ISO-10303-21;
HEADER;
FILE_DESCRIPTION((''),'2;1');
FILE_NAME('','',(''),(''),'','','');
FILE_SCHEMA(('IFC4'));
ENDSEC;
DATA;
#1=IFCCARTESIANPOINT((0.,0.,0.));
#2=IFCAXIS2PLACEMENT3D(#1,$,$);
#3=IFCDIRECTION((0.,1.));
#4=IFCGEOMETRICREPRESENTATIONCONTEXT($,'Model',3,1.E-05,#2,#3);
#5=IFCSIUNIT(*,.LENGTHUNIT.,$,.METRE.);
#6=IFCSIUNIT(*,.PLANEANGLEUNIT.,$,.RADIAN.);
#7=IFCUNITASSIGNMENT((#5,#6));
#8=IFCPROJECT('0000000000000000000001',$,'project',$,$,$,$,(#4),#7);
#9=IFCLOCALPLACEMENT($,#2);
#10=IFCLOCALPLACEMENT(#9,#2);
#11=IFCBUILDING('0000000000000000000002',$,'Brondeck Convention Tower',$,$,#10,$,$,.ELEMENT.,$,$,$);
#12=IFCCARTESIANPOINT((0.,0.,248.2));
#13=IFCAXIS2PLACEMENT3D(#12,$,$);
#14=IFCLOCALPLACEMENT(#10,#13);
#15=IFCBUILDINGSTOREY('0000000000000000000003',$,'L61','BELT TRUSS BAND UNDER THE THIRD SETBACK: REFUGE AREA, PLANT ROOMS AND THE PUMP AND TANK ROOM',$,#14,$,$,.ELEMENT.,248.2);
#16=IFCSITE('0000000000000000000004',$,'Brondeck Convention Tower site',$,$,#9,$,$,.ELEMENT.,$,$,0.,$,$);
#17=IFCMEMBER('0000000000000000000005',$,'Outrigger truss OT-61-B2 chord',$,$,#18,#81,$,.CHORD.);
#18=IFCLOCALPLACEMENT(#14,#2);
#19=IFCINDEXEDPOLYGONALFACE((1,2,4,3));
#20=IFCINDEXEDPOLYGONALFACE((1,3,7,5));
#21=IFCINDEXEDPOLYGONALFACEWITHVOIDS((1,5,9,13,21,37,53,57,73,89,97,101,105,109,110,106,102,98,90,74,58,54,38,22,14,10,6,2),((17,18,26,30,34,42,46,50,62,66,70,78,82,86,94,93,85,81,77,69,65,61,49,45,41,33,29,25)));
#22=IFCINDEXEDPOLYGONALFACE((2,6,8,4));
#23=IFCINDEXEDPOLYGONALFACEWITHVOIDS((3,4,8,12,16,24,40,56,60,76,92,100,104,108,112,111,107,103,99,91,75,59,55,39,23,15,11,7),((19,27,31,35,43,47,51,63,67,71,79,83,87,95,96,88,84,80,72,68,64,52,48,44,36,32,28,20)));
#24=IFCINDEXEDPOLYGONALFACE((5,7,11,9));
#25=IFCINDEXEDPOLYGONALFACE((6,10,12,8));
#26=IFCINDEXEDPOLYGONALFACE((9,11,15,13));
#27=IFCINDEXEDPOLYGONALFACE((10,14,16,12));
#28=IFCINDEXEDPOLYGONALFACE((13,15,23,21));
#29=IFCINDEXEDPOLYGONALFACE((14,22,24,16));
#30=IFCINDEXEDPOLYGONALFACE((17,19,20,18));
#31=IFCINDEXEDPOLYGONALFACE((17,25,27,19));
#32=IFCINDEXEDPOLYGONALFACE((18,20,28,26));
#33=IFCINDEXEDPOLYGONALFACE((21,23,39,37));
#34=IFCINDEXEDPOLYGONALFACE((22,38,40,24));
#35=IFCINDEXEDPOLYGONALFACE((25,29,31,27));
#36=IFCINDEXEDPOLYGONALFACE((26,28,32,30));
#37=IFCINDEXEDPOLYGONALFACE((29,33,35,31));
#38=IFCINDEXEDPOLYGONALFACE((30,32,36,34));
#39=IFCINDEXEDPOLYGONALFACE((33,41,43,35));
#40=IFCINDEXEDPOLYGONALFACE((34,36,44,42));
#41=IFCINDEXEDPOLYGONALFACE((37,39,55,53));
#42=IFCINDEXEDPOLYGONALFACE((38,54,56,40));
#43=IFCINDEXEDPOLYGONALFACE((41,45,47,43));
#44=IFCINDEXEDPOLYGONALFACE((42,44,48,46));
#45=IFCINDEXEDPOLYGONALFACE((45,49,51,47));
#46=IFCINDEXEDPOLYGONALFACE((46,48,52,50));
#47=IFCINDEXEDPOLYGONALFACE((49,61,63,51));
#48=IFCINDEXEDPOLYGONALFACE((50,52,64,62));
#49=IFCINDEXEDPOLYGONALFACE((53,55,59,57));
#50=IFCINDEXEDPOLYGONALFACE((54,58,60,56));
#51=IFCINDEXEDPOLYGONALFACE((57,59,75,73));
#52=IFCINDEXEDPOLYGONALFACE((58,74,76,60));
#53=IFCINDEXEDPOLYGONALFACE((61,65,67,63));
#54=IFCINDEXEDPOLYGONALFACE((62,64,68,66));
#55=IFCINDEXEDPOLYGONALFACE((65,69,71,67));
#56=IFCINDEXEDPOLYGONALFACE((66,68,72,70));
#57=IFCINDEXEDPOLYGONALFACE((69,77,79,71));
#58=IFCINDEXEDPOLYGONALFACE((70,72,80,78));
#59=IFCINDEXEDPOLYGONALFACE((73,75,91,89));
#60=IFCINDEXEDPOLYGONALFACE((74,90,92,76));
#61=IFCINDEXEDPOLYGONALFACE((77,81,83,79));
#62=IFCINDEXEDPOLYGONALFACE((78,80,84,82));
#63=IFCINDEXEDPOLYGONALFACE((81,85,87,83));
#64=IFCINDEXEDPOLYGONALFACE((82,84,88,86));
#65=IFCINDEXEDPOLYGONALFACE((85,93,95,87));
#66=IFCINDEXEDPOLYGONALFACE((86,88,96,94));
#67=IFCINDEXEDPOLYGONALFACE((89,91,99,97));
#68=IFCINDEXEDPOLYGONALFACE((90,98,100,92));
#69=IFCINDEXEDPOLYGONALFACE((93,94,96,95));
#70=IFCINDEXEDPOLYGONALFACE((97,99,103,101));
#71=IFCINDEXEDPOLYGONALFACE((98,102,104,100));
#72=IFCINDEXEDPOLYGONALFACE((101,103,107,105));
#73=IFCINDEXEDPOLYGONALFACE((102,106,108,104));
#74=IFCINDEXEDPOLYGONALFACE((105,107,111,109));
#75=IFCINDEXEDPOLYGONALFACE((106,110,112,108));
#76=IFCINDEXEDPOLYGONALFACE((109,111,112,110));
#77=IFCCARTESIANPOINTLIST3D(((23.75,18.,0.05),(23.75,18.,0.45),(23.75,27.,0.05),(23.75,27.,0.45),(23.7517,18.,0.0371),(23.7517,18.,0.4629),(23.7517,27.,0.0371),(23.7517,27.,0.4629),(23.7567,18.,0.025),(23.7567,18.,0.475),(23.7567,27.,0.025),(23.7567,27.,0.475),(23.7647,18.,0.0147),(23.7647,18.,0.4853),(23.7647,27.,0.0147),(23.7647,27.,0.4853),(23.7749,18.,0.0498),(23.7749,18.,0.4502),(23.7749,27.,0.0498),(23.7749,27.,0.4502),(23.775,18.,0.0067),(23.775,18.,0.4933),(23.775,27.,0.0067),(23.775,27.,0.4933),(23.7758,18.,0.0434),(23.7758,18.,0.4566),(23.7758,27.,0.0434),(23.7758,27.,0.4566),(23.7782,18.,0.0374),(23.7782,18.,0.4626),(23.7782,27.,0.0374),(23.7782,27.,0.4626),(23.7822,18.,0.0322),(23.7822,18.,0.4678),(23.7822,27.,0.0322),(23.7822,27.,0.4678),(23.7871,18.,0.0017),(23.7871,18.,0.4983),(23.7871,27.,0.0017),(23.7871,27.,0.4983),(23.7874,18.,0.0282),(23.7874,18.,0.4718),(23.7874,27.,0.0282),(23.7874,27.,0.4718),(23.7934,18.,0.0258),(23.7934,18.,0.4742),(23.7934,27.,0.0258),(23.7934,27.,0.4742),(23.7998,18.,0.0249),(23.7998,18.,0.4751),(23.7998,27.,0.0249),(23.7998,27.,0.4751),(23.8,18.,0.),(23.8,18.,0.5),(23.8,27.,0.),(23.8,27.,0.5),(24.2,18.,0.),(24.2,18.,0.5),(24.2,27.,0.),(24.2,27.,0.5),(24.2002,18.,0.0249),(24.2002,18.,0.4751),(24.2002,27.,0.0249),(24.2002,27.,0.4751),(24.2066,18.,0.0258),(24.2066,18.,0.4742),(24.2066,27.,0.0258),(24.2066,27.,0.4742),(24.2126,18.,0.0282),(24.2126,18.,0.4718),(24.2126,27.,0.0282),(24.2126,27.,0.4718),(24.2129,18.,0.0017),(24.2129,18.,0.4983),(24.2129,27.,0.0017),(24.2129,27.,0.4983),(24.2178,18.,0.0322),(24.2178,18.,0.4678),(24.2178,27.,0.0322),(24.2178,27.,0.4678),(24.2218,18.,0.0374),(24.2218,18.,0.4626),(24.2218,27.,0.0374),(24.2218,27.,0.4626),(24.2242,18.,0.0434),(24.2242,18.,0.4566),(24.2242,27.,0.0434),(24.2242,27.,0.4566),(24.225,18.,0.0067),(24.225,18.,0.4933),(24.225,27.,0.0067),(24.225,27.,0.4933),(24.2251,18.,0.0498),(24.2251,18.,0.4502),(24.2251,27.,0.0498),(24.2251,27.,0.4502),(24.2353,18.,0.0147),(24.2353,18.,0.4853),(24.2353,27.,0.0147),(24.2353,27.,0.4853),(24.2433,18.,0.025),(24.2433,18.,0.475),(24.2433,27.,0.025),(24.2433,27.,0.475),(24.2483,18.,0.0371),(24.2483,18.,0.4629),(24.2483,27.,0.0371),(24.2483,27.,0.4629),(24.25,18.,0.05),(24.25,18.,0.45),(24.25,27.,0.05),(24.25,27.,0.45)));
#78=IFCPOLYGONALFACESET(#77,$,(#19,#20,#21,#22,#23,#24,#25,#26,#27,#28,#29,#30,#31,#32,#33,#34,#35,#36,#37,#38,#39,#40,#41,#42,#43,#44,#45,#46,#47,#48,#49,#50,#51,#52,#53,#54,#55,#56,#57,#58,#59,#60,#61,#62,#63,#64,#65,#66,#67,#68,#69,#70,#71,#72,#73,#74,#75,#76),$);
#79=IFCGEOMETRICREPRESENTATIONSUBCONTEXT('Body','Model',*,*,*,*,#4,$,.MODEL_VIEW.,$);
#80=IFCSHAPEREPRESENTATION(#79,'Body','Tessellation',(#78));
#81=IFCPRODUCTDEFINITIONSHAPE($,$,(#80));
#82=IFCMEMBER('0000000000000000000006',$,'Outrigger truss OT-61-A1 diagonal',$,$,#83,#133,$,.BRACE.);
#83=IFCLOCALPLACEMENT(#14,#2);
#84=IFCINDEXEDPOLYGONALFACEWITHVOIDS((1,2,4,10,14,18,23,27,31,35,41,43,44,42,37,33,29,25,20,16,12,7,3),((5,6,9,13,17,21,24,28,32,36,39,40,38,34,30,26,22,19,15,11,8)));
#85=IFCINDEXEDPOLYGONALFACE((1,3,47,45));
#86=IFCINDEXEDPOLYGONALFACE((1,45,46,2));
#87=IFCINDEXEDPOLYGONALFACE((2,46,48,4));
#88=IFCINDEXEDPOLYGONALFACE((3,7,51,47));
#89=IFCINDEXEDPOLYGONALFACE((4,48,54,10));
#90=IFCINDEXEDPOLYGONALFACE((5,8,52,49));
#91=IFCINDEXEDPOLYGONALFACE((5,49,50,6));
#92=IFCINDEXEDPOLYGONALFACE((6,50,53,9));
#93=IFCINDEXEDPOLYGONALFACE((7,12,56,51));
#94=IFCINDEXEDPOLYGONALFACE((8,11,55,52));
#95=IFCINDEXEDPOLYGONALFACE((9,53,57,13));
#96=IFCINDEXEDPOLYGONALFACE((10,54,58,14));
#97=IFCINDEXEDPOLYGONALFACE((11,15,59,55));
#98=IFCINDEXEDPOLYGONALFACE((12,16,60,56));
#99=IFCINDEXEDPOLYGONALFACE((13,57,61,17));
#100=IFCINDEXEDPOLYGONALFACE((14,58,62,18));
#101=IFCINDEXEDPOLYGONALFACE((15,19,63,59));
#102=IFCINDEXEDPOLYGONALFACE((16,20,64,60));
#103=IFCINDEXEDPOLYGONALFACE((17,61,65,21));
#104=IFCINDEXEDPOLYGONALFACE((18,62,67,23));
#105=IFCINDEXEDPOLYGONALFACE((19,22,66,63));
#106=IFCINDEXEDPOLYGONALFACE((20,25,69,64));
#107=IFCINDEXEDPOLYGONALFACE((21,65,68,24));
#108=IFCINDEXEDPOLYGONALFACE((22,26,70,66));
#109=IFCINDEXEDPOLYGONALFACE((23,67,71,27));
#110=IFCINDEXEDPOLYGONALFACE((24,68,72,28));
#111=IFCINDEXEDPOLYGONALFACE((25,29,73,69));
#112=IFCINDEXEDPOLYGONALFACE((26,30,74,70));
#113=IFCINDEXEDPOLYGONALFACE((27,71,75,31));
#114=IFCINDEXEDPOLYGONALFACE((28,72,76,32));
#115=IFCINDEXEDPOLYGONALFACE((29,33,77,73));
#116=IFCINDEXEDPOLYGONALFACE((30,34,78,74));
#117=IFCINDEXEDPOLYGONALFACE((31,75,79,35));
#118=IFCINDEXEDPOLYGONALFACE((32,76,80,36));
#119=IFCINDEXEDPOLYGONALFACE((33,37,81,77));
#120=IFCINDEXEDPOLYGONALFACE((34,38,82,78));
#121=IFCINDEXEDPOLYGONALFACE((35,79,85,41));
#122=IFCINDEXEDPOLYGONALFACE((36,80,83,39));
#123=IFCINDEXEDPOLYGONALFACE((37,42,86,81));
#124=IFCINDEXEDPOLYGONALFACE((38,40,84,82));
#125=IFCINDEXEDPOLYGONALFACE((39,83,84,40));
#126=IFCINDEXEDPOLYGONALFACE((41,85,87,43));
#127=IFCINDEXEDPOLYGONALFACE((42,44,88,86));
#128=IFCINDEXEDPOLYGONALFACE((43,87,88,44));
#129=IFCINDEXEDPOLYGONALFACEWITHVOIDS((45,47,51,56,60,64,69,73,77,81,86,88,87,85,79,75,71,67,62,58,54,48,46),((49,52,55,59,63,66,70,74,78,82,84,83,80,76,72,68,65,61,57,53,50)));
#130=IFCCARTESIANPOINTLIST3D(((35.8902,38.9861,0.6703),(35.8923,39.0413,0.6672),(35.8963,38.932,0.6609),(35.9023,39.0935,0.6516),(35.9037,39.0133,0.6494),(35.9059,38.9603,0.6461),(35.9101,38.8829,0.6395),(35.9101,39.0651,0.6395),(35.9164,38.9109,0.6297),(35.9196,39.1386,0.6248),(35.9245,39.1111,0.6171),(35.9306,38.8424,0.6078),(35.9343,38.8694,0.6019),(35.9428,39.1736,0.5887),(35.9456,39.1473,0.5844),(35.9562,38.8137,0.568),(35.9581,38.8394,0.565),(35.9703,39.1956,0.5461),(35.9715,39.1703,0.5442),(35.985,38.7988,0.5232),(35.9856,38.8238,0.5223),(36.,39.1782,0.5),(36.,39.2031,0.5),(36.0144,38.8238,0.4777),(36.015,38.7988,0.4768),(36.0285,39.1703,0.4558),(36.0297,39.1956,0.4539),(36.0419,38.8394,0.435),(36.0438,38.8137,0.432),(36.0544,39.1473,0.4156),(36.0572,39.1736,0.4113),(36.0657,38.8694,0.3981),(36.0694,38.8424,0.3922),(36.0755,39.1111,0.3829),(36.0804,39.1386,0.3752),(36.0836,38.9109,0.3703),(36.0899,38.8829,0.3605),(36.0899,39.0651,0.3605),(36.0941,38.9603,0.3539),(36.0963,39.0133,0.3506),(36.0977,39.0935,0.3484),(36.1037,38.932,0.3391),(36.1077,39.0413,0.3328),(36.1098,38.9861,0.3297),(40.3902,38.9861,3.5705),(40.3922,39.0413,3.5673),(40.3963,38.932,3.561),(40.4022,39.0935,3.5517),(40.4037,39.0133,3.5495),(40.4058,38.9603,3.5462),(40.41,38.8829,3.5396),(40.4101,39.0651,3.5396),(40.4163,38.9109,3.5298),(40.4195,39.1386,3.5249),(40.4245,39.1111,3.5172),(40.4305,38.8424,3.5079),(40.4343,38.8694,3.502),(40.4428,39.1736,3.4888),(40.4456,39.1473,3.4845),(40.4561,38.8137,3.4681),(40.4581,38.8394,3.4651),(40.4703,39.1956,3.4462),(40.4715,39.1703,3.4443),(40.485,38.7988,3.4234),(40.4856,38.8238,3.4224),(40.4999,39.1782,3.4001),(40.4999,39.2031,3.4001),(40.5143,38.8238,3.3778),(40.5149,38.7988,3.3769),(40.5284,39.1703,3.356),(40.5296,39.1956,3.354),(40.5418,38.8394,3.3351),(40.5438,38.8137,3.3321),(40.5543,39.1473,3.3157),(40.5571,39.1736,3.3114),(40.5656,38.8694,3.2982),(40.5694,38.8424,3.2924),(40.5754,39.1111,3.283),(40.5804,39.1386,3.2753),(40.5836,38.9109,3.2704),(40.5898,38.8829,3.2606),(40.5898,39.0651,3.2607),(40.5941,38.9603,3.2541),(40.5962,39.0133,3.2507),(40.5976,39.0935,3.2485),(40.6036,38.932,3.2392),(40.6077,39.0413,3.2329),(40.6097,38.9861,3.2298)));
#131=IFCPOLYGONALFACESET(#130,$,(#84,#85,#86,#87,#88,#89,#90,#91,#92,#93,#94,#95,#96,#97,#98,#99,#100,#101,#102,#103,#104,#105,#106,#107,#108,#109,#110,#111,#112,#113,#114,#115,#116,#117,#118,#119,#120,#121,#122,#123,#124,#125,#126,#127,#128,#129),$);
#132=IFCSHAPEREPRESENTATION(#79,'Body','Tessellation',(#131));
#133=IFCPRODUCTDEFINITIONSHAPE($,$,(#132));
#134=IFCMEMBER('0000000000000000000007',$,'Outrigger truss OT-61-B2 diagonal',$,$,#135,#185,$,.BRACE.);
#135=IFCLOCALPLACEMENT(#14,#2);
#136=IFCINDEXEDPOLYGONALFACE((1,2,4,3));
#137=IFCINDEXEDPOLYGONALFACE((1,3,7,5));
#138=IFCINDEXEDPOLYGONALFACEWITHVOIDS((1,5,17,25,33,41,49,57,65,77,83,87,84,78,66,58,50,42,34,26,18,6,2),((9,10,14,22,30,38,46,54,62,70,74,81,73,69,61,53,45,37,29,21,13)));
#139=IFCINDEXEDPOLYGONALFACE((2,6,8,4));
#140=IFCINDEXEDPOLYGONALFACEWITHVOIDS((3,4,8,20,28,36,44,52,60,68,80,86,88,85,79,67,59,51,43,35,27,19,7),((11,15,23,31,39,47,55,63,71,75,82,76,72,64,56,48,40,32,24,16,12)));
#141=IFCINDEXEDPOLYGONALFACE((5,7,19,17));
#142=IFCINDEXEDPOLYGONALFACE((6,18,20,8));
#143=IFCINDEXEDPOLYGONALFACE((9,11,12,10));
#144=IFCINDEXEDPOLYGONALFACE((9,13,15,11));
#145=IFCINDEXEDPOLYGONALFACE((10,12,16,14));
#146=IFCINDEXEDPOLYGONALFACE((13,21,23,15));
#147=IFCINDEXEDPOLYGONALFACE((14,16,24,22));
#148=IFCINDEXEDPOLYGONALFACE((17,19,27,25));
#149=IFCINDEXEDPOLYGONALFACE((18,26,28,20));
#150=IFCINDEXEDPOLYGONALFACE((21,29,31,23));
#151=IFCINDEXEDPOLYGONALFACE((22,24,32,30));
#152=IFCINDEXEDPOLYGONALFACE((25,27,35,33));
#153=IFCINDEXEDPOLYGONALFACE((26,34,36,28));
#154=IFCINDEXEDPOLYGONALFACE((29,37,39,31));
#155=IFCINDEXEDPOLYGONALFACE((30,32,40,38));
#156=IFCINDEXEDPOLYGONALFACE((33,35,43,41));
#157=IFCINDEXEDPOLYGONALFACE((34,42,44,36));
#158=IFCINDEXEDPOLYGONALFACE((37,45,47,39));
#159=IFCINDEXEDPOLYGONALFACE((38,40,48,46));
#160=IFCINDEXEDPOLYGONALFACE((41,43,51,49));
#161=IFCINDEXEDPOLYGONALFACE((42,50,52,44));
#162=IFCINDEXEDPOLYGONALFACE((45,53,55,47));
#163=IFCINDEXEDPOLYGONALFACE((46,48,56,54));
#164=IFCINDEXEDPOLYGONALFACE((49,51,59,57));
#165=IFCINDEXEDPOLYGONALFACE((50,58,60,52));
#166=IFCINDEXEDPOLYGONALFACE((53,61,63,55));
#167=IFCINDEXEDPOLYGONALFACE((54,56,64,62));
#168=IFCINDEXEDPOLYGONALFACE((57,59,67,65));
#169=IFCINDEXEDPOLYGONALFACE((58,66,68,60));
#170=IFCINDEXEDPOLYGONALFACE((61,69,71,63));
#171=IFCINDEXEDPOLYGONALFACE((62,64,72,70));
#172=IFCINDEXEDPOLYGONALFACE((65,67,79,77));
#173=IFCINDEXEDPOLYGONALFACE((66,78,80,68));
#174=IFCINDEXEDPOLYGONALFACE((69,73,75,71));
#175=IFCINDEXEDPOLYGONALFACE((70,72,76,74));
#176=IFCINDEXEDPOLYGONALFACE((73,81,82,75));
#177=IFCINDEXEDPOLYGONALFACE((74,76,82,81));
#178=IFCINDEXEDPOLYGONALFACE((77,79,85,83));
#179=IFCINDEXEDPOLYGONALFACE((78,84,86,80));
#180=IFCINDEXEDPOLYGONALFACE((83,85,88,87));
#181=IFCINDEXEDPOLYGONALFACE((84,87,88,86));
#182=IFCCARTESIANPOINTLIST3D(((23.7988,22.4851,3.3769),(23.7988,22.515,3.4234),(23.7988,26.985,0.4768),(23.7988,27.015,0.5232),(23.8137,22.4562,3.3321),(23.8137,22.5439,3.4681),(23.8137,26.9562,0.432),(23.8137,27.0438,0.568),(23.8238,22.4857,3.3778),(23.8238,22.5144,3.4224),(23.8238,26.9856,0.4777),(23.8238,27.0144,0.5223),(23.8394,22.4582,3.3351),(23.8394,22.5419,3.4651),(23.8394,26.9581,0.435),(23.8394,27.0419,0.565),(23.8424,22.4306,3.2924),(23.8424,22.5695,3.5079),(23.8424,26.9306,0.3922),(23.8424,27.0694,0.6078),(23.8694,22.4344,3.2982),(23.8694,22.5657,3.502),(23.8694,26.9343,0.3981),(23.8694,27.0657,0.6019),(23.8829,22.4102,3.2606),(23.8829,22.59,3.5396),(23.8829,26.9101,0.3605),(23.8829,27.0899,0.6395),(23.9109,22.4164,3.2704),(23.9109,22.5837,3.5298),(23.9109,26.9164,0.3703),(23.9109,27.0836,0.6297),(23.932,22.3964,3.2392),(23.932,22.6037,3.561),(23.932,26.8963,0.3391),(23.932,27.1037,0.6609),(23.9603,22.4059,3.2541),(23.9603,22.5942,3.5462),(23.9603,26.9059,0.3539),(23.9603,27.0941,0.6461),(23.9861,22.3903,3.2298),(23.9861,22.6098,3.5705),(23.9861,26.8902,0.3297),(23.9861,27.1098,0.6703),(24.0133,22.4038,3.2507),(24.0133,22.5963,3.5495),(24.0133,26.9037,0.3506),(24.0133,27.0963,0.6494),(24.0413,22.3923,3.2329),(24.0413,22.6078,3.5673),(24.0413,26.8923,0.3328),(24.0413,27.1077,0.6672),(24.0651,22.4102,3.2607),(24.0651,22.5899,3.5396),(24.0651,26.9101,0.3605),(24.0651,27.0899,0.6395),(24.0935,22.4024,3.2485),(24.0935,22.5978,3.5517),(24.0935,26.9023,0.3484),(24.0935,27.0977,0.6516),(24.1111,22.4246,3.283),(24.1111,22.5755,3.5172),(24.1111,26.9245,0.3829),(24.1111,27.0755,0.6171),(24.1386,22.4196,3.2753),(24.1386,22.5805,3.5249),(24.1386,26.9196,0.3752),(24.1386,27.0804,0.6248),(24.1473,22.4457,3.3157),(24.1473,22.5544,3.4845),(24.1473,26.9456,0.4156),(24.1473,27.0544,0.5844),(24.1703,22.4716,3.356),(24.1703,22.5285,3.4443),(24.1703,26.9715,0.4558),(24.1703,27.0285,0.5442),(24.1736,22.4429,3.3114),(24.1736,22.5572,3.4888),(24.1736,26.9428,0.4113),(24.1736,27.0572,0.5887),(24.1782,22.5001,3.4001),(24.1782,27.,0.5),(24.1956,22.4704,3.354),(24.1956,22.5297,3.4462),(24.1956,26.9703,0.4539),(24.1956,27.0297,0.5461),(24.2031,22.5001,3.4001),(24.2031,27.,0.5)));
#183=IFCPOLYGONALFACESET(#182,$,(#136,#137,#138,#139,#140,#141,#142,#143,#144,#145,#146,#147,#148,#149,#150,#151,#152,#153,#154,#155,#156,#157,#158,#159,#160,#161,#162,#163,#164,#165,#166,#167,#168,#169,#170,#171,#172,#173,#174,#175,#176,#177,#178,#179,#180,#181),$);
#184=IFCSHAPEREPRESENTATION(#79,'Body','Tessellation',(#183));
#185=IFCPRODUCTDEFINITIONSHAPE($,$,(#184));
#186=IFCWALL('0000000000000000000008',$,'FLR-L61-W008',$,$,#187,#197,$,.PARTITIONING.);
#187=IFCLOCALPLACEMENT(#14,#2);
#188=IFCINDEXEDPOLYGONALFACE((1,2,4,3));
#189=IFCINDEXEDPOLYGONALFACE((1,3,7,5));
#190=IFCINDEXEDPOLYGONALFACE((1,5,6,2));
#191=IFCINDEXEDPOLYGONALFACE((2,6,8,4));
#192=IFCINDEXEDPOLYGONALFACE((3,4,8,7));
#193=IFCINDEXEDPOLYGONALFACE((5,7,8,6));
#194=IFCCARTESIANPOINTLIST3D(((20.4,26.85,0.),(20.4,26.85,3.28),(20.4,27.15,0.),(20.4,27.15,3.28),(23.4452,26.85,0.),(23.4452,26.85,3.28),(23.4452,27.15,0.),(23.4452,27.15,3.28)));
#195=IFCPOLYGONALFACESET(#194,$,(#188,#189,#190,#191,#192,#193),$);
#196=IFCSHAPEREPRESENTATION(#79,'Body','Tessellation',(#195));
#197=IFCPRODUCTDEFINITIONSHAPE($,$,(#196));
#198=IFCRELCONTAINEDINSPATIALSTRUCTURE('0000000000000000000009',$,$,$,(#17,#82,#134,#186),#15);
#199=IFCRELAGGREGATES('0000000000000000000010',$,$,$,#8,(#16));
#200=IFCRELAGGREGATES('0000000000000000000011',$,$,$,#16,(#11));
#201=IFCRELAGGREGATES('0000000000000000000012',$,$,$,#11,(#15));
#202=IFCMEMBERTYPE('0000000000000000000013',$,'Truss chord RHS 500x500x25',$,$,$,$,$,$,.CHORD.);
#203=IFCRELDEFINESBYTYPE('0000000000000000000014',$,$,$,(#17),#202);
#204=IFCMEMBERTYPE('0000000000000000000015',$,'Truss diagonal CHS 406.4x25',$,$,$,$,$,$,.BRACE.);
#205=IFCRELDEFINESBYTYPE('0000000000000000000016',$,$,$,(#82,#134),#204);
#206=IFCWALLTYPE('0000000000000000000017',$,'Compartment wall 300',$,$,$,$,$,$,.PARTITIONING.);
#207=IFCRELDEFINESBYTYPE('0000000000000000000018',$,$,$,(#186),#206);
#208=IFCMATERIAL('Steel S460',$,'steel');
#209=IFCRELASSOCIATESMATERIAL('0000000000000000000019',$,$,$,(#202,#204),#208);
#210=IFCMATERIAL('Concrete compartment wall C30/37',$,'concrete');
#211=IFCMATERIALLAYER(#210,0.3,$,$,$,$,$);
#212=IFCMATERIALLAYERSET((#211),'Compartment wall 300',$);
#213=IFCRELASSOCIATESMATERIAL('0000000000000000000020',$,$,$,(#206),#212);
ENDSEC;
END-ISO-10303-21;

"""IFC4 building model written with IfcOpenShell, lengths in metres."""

from ifc_helpers import new_model, si_unit, direction, frame, frame_2d, origin, origin_2d, place, context, subcontext, project, spatial, rectangle, hollow_rectangle, hollow_circle, extrude, material, layer, layer_set, material_profile, profile_set, type_object, element, save


model = new_model("IFC4")

# Units and contexts
model_context = context("Model", 3, precision=1e-05, world=origin(), true_north=direction((0.0, 1.0)))
body_context = subcontext(model_context, "Body", "Model", "MODEL_VIEW")
ifc_project = project(units=[si_unit("LENGTHUNIT", "METRE"), si_unit("PLANEANGLEUNIT", "RADIAN")], contexts=[model_context])

# Site, building, storey
site_placement = place(None, origin())
site = spatial("IfcSite", under=ifc_project, at=site_placement, Name="Brondeck Convention Tower site", CompositionType="ELEMENT", RefElevation=0.0)
building_placement = place(site_placement, origin())
building = spatial("IfcBuilding", under=site, at=building_placement, Name="Brondeck Convention Tower", CompositionType="ELEMENT")
storey_placement = place(building_placement, frame((0.0, 0.0, 248.2)))
storey = spatial("IfcBuildingStorey", under=building, at=storey_placement, Name="L61", Description="BELT TRUSS BAND UNDER THE THIRD SETBACK: REFUGE AREA, PLANT ROOMS AND THE PUMP AND TANK ROOM", CompositionType="ELEMENT", Elevation=248.2)

# Shared definitions
ifc_material_1 = material(Name="Steel S460", Category="steel")

# Members
ifc_material_profile_1 = material_profile(ifc_material_1, hollow_rectangle(XDim=0.5, YDim=0.5, WallThickness=0.0249, InnerFilletRadius=0.0249, OuterFilletRadius=0.05, at=origin_2d()), Name="RHS 500x500x25")
ifc_profile_set_1 = profile_set([ifc_material_profile_1], Name="Steel S460")
member_type_1 = type_object("IfcMemberType", Name="Truss chord RHS 500x500x25", PredefinedType="CHORD", material=ifc_profile_set_1)
member_1_placement = place(storey_placement, frame((24.0, 27.0, 0.25), z_axis=(0.0, -1.0, 0.0), x_axis=(1.0, 0.0, 0.0)))
element("IfcMember", 1, at=member_1_placement, inside=storey, type_object=member_type_1, Name="Outrigger truss OT-61-B2 chord", PredefinedType="CHORD", context=body_context, shape_type="SweptSolid", body=[
    extrude(hollow_rectangle(XDim=0.5, YDim=0.5, WallThickness=0.0249, InnerFilletRadius=0.0249, OuterFilletRadius=0.05, at=origin_2d()), origin(), (0.0, 0.0, 1.0), 9.0),
])
ifc_material_profile_2 = material_profile(ifc_material_1, hollow_circle(Radius=0.2031, WallThickness=0.0249, at=origin_2d()), Name="CHS 406.4x25")
ifc_profile_set_2 = profile_set([ifc_material_profile_2], Name="Steel S460")
member_type_2 = type_object("IfcMemberType", Name="Truss diagonal CHS 406.4x25", PredefinedType="BRACE", material=ifc_profile_set_2)
for number, where, z_axis, x_axis, name in (
    (2, (36.0, 39.0, 0.5), (0.840559, 0.0, 0.541721), (0.0, 1.0, 0.0), "Outrigger truss OT-61-A1 diagonal"),
    (3, (24.0, 27.0, 0.5), (0.0, -0.840559, 0.541721), (1.0, 0.0, 0.0), "Outrigger truss OT-61-B2 diagonal"),
):
    element("IfcMember", number, at=place(storey_placement, frame(where, z_axis=z_axis, x_axis=x_axis)), inside=storey, type_object=member_type_2, Name=name, PredefinedType="BRACE", context=body_context, shape_type="SweptSolid", body=[
        extrude(hollow_circle(Radius=0.2031, WallThickness=0.0249, at=origin_2d()), origin(), (0.0, 0.0, 1.0), 5.3535),
    ])

# Wall
ifc_material_2 = material(Name="Concrete compartment wall C30/37", Category="concrete")
ifc_layer_1 = layer(ifc_material_2, 0.3)
ifc_layer_set_1 = layer_set([ifc_layer_1], Name="Compartment wall 300")
wall_type_1 = type_object("IfcWallType", Name="Compartment wall 300", PredefinedType="PARTITIONING", material=ifc_layer_set_1)
wall_1_placement = place(storey_placement, frame((23.4451, 27.0, 0.0), z_axis=(0.0, 0.0, 1.0), x_axis=(-1.0, 0.0, 0.0)))
element("IfcWall", 4, at=wall_1_placement, inside=storey, type_object=wall_type_1, Name="FLR-L61-W008", PredefinedType="PARTITIONING", context=body_context, shape_type="SweptSolid", body=[
    extrude(rectangle(XDim=3.0452, YDim=0.3, at=frame_2d((1.5225, 0.0))), origin(), (0.0, 0.0, 1.0), 3.28),
])

save(model, "model.ifc")
